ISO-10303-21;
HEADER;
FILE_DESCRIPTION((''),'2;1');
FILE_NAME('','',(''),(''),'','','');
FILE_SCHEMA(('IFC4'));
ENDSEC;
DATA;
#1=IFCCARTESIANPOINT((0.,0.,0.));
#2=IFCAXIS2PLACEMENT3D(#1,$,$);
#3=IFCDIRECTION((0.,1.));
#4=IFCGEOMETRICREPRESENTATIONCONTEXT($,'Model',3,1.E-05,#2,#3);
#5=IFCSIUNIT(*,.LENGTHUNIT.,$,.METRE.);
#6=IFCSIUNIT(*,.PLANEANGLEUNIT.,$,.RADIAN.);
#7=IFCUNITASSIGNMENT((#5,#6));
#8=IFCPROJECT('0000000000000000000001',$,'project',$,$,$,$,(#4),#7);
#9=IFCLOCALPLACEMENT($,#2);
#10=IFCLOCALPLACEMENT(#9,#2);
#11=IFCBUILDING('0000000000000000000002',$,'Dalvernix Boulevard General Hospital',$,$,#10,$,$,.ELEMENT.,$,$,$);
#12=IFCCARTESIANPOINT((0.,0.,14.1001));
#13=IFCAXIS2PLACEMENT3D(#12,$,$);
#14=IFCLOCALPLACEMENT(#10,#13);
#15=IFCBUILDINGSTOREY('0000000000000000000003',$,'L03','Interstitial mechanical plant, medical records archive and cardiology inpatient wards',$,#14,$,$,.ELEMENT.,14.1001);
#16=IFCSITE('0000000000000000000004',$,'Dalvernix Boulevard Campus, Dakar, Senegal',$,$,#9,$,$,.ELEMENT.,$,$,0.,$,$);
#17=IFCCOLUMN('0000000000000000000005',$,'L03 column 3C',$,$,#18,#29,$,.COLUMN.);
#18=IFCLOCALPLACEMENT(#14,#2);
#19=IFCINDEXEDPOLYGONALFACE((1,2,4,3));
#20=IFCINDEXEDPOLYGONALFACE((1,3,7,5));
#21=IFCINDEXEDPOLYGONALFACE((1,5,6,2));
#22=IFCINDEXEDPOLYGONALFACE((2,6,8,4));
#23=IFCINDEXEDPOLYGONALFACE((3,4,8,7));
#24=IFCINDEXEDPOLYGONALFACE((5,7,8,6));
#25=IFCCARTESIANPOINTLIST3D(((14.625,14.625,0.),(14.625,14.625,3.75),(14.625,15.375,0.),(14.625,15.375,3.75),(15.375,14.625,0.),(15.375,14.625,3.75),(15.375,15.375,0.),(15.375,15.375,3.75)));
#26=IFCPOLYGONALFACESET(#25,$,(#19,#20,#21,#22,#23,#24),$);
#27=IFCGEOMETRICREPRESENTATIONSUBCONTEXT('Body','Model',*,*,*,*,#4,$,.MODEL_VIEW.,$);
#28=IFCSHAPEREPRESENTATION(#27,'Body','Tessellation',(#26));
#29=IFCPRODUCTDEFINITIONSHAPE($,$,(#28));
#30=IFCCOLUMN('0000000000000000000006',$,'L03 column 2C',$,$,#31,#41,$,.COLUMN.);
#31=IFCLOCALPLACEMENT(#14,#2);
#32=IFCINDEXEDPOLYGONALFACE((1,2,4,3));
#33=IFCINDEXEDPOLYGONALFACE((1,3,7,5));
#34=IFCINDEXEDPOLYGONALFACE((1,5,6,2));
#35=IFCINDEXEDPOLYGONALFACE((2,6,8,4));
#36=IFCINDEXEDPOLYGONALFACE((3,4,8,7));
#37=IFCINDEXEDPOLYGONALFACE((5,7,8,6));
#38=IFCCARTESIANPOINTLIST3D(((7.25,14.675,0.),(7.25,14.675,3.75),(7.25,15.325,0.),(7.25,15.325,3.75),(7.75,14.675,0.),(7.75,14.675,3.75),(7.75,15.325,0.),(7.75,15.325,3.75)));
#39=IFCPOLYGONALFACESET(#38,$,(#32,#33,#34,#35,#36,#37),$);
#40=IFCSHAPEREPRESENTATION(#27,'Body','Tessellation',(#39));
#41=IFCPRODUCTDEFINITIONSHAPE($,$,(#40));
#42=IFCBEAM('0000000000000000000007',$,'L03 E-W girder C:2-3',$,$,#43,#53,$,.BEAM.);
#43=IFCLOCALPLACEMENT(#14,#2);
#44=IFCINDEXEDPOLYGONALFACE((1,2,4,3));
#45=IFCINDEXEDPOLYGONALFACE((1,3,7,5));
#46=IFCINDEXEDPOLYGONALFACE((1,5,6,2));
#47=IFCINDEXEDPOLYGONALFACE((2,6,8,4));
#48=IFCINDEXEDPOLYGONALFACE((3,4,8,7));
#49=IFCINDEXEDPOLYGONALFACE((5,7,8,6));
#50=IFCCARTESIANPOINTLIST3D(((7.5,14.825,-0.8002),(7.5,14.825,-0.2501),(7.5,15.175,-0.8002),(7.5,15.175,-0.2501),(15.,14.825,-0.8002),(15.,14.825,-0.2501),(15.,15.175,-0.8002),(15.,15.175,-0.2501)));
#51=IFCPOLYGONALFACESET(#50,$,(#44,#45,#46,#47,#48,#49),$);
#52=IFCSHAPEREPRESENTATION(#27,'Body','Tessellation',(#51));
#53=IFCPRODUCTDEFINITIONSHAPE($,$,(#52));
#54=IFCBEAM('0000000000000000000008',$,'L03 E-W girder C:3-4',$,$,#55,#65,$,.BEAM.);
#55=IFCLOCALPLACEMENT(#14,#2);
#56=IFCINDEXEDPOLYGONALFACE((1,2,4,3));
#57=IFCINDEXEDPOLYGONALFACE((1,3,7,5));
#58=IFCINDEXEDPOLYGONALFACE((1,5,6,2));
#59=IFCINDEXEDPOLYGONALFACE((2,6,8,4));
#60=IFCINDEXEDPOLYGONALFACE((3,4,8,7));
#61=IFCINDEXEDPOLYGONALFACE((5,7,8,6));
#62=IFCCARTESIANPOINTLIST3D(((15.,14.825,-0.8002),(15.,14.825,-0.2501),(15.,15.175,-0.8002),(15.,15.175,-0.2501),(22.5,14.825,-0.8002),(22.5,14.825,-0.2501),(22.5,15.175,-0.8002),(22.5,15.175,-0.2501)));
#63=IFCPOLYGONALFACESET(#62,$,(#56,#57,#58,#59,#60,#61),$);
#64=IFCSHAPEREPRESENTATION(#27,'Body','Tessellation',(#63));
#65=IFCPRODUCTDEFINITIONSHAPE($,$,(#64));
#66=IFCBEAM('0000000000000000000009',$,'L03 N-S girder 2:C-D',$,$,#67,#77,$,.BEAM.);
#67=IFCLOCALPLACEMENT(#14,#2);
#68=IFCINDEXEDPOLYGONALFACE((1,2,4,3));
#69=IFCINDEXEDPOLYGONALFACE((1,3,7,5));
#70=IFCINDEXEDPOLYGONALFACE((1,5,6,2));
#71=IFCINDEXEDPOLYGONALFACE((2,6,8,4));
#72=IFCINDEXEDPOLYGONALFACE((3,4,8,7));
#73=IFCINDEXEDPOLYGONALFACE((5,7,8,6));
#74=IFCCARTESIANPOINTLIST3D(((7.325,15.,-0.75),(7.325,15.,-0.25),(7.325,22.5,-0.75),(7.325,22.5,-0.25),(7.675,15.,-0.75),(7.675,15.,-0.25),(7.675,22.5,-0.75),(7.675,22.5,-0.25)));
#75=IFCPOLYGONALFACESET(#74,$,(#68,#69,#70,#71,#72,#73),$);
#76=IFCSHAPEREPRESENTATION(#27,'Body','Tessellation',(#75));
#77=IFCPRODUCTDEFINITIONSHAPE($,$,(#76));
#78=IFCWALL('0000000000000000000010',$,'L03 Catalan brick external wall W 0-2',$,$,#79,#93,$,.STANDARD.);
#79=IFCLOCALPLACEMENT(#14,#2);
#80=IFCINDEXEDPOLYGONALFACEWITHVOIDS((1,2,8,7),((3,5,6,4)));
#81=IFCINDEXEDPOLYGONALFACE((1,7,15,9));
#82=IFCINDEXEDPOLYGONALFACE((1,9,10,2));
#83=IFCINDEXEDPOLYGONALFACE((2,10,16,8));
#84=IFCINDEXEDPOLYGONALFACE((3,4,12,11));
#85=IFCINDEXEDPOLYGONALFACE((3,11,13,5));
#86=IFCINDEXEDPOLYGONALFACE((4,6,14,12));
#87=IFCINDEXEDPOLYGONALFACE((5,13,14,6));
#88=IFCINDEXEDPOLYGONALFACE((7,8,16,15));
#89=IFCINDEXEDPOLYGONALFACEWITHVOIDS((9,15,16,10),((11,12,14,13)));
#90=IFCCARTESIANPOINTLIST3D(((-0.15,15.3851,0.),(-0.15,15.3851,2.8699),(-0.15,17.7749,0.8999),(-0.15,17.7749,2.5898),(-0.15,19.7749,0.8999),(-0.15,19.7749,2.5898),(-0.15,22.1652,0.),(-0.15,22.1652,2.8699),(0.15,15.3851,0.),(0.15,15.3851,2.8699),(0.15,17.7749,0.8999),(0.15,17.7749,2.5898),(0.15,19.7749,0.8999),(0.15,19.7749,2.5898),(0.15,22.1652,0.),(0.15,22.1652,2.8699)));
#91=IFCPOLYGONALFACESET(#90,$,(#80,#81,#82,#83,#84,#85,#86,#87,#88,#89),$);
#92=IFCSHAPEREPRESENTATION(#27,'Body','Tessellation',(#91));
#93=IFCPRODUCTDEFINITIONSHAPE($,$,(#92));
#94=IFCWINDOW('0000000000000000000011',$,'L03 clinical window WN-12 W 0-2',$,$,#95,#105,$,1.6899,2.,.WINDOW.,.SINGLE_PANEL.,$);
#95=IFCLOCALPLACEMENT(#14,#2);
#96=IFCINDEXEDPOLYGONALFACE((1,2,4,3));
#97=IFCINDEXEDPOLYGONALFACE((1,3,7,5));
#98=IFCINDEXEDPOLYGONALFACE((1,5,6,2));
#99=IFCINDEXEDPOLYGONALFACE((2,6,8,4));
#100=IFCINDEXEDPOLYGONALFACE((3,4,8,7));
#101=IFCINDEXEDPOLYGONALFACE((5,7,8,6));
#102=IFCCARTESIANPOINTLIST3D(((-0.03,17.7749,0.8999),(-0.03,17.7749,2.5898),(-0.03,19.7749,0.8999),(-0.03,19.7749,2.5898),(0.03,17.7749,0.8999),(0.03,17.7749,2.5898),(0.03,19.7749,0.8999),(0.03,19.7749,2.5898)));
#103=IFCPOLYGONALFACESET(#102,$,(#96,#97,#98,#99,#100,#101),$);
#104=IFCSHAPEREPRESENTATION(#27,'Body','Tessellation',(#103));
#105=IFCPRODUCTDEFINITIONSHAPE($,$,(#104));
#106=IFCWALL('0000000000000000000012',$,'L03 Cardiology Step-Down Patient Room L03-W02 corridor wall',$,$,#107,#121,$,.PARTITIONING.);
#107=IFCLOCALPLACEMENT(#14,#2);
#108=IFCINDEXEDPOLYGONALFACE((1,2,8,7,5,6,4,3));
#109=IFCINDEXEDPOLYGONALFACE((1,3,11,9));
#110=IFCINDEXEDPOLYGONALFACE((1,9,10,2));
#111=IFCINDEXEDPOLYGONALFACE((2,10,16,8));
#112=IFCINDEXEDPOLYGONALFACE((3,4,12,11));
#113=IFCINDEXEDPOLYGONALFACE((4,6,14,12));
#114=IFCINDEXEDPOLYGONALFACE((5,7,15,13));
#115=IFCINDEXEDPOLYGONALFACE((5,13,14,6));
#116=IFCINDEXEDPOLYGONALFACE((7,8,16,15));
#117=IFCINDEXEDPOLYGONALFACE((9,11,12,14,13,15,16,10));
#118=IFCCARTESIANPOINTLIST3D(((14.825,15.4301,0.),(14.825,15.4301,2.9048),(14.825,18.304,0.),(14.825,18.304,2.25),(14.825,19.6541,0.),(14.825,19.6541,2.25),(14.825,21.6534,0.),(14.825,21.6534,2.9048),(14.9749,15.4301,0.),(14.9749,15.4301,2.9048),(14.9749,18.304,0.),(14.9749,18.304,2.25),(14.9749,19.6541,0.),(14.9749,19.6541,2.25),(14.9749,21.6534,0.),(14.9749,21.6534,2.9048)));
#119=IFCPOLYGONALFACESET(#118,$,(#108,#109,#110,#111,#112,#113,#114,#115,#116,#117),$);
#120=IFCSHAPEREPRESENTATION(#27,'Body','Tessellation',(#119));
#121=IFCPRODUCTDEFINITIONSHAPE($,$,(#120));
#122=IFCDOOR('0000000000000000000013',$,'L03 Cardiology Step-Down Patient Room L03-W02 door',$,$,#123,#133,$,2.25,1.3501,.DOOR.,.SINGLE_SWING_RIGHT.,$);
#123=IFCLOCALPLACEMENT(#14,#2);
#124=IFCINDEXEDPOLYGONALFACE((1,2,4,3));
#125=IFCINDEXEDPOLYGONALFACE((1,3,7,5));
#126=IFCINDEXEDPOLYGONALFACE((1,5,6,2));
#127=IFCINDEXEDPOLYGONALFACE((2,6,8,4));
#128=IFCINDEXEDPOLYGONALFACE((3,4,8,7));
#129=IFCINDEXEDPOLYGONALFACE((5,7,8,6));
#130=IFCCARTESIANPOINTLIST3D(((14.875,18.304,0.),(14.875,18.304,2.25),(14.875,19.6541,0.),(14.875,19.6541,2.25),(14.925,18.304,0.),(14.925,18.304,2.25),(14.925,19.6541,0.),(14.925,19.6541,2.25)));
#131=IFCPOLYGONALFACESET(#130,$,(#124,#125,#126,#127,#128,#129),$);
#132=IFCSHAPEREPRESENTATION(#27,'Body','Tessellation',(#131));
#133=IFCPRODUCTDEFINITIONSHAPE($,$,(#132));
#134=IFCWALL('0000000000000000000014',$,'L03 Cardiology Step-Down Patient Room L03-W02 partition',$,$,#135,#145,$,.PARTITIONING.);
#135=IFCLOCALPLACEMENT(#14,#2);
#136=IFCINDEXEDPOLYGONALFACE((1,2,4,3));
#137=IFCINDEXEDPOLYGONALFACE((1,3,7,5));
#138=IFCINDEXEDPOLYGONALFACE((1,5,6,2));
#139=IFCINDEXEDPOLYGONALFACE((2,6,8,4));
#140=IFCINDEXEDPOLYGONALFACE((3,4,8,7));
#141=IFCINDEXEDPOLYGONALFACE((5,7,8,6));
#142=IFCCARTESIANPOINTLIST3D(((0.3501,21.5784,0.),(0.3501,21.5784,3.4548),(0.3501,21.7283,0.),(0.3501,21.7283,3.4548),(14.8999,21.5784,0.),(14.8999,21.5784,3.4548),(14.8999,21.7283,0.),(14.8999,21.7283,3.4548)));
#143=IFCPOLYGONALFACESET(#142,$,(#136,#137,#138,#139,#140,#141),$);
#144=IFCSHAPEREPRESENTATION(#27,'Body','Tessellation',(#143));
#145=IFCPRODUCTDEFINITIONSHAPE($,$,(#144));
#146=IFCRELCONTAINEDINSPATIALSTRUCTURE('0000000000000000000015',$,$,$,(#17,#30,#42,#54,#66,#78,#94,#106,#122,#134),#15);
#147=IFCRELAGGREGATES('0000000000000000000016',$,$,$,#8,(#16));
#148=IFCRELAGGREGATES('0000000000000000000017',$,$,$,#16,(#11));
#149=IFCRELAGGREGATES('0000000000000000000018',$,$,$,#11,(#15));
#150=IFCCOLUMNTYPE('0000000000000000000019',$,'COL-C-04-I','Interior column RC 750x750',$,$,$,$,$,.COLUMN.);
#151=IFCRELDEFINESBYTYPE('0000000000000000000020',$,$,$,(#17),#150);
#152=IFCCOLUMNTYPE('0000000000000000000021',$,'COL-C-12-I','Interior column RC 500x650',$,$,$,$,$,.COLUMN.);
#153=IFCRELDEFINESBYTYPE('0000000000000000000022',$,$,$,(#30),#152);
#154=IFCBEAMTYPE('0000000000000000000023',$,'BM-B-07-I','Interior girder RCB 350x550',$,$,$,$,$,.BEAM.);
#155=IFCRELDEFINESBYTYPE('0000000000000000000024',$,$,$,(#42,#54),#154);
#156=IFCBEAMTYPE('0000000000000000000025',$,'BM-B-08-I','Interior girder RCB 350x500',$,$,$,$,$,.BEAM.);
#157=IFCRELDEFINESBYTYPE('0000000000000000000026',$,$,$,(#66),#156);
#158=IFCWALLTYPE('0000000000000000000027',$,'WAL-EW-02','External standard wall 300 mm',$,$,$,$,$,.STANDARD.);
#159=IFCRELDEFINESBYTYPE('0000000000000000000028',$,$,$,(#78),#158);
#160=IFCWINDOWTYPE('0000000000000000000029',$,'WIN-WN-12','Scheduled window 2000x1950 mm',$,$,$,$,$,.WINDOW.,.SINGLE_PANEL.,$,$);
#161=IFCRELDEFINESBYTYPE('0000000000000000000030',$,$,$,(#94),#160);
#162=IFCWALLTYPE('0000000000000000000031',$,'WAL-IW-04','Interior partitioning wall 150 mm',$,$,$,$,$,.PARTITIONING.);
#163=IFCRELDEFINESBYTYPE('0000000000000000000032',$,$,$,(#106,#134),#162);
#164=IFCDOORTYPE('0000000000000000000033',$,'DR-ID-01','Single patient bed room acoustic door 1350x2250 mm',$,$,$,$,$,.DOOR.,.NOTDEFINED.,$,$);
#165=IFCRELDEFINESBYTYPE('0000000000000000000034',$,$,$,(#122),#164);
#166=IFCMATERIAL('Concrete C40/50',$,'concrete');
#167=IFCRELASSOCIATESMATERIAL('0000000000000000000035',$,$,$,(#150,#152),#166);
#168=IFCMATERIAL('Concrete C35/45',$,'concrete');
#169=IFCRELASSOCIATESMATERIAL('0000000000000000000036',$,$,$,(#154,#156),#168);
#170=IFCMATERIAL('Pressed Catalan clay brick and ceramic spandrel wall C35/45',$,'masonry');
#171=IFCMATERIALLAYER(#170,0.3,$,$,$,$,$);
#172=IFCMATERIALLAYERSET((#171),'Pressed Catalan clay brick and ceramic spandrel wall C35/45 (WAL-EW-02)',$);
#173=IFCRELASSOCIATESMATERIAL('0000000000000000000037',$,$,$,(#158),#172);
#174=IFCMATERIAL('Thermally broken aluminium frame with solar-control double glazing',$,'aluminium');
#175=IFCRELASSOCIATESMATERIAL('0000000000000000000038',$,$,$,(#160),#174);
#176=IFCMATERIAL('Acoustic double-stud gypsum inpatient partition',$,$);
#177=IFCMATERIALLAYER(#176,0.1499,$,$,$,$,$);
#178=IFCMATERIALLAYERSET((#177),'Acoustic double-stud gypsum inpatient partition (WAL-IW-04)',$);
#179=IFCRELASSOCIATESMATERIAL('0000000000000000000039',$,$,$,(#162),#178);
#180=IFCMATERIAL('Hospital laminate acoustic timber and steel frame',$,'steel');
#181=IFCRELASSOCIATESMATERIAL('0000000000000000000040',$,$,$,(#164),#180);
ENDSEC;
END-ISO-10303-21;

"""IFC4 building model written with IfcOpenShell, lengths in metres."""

from ifc_helpers import new_model, si_unit, direction, frame, frame_2d, origin, origin_2d, place, context, subcontext, project, spatial, rectangle, extrude, material, layer, layer_set, material_profile, profile_set, type_object, element, fill, save


model = new_model("IFC4")

# Units and contexts
model_context = context("Model", 3, precision=1e-05, world=origin(), true_north=direction((0.0, 1.0)))
body_context = subcontext(model_context, "Body", "Model", "MODEL_VIEW")
ifc_project = project(units=[si_unit("LENGTHUNIT", "METRE"), si_unit("PLANEANGLEUNIT", "RADIAN")], contexts=[model_context])

# Site, building, storey
site_placement = place(None, origin())
site = spatial("IfcSite", under=ifc_project, at=site_placement, Name="Dalvernix Boulevard Campus, Dakar, Senegal", CompositionType="ELEMENT", RefElevation=0.0)
building_placement = place(site_placement, origin())
building = spatial("IfcBuilding", under=site, at=building_placement, Name="Dalvernix Boulevard General Hospital", CompositionType="ELEMENT")
storey_placement = place(building_placement, frame((0.0, 0.0, 14.1001)))
storey = spatial("IfcBuildingStorey", under=building, at=storey_placement, Name="L03", Description="Interstitial mechanical plant, medical records archive and cardiology inpatient wards", CompositionType="ELEMENT", Elevation=14.1001)

# Columns
ifc_material_1 = material(Name="Concrete C40/50", Category="concrete")
ifc_material_profile_1 = material_profile(ifc_material_1, rectangle(XDim=0.75, YDim=0.75, at=origin_2d()), Name="RC 750x750")
ifc_profile_set_1 = profile_set([ifc_material_profile_1], Name="Concrete C40/50")
column_type_1 = type_object("IfcColumnType", Name="COL-C-04-I", Description="Interior column RC 750x750", PredefinedType="COLUMN", material=ifc_profile_set_1)
column_1_placement = place(storey_placement, frame((15.0, 15.0, 0.0), z_axis=(0.0, 0.0, 1.0), x_axis=(1.0, 0.0, 0.0)))
element("IfcColumn", 1, at=column_1_placement, inside=storey, type_object=column_type_1, Name="L03 column 3C", PredefinedType="COLUMN", context=body_context, shape_type="SweptSolid", body=[
    extrude(rectangle(XDim=0.75, YDim=0.75, at=origin_2d()), origin(), (0.0, 0.0, 1.0), 3.75),
])
ifc_material_profile_2 = material_profile(ifc_material_1, rectangle(XDim=0.5, YDim=0.6499, at=origin_2d()), Name="RC 500x650")
ifc_profile_set_2 = profile_set([ifc_material_profile_2], Name="Concrete C40/50")
column_type_2 = type_object("IfcColumnType", Name="COL-C-12-I", Description="Interior column RC 500x650", PredefinedType="COLUMN", material=ifc_profile_set_2)
column_2_placement = place(storey_placement, frame((7.5, 15.0, 0.0), z_axis=(0.0, 0.0, 1.0), x_axis=(1.0, 0.0, 0.0)))
element("IfcColumn", 2, at=column_2_placement, inside=storey, type_object=column_type_2, Name="L03 column 2C", PredefinedType="COLUMN", context=body_context, shape_type="SweptSolid", body=[
    extrude(rectangle(XDim=0.5, YDim=0.6499, at=origin_2d()), origin(), (0.0, 0.0, 1.0), 3.75),
])

# Beams
ifc_material_2 = material(Name="Concrete C35/45", Category="concrete")
ifc_material_profile_3 = material_profile(ifc_material_2, rectangle(XDim=0.3501, YDim=0.55, at=origin_2d()), Name="RCB 350x550")
ifc_profile_set_3 = profile_set([ifc_material_profile_3], Name="Concrete C35/45")
beam_type_1 = type_object("IfcBeamType", Name="BM-B-07-I", Description="Interior girder RCB 350x550", PredefinedType="BEAM", material=ifc_profile_set_3)
for number, where, z_axis, x_axis, name in (
    (3, (7.5, 15.0, -0.5251), (1.0, 0.0, 0.0), (0.0, 1.0, 0.0), "L03 E-W girder C:2-3"),
    (4, (15.0, 15.0, -0.5251), (1.0, 0.0, 0.0), (0.0, 1.0, 0.0), "L03 E-W girder C:3-4"),
):
    element("IfcBeam", number, at=place(storey_placement, frame(where, z_axis=z_axis, x_axis=x_axis)), inside=storey, type_object=beam_type_1, Name=name, PredefinedType="BEAM", context=body_context, shape_type="SweptSolid", body=[
        extrude(rectangle(XDim=0.3501, YDim=0.55, at=origin_2d()), origin(), (0.0, 0.0, 1.0), 7.5),
    ])
ifc_material_profile_4 = material_profile(ifc_material_2, rectangle(XDim=0.3501, YDim=0.5, at=origin_2d()), Name="RCB 350x500")
ifc_profile_set_4 = profile_set([ifc_material_profile_4], Name="Concrete C35/45")
beam_type_2 = type_object("IfcBeamType", Name="BM-B-08-I", Description="Interior girder RCB 350x500", PredefinedType="BEAM", material=ifc_profile_set_4)
beam_placement = place(storey_placement, frame((7.5, 15.0, -0.5), z_axis=(0.0, 1.0, 0.0), x_axis=(-1.0, 0.0, 0.0)))
element("IfcBeam", 5, at=beam_placement, inside=storey, type_object=beam_type_2, Name="L03 N-S girder 2:C-D", PredefinedType="BEAM", context=body_context, shape_type="SweptSolid", body=[
    extrude(rectangle(XDim=0.3501, YDim=0.5, at=origin_2d()), origin(), (0.0, 0.0, 1.0), 7.5),
])

# Wall, opening, window
ifc_material_3 = material(Name="Pressed Catalan clay brick and ceramic spandrel wall C35/45", Category="masonry")
ifc_layer_1 = layer(ifc_material_3, 0.3)
ifc_layer_set_1 = layer_set([ifc_layer_1], Name="Pressed Catalan clay brick and ceramic spandrel wall C35/45 (WAL-EW-02)")
wall_type_1 = type_object("IfcWallType", Name="WAL-EW-02", Description="External standard wall 300 mm", PredefinedType="STANDARD", material=ifc_layer_set_1)
wall_1_placement = place(storey_placement, frame((0.0, 15.385, 0.0), z_axis=(0.0, 0.0, 1.0), x_axis=(0.0, 1.0, 0.0)))
wall_1 = element("IfcWall", 6, at=wall_1_placement, inside=storey, type_object=wall_type_1, Name="L03 Catalan brick external wall W 0-2", PredefinedType="STANDARD", context=body_context, shape_type="SweptSolid", body=[
    extrude(rectangle(XDim=6.78, YDim=0.3, at=frame_2d((3.3901, 0.0))), origin(), (0.0, 0.0, 1.0), 2.8699),
])
opening_1_placement = place(wall_1_placement, frame((2.3899, 0.0, 0.8999)))
opening_1 = element("IfcOpeningElement", 7, at=opening_1_placement, cuts=wall_1, PredefinedType="OPENING", context=body_context, shape_type="SweptSolid", body=[
    extrude(rectangle(XDim=2.0, YDim=1.6899, at=frame_2d((1.0, 0.845))), frame((0.0, 0.1599, 0.0), z_axis=(0.0, -1.0, 0.0), x_axis=(1.0, 0.0, 0.0)), (0.0, 0.0, 1.0), 0.3201),
])
ifc_material_4 = material(Name="Thermally broken aluminium frame with solar-control double glazing", Category="aluminium")
window_type = type_object("IfcWindowType", Name="WIN-WN-12", Description="Scheduled window 2000x1950 mm", PartitioningType="SINGLE_PANEL", PredefinedType="WINDOW", material=ifc_material_4)
window_placement = place(opening_1_placement, origin())
window = element("IfcWindow", 8, at=window_placement, inside=storey, type_object=window_type, Name="L03 clinical window WN-12 W 0-2", OverallHeight=1.6899, OverallWidth=2.0, PartitioningType="SINGLE_PANEL", PredefinedType="WINDOW", context=body_context, shape_type="SweptSolid", body=[
    extrude(rectangle(XDim=2.0, YDim=1.6899, at=frame_2d((1.0, 0.845))), frame((0.0, 0.03, 0.0), z_axis=(0.0, -1.0, 0.0), x_axis=(1.0, 0.0, 0.0)), (0.0, 0.0, 1.0), 0.0601),
])
fill(opening_1, window)

# Wall, opening, door
ifc_material_5 = material(Name="Acoustic double-stud gypsum inpatient partition")
ifc_layer_2 = layer(ifc_material_5, 0.1499)
ifc_layer_set_2 = layer_set([ifc_layer_2], Name="Acoustic double-stud gypsum inpatient partition (WAL-IW-04)")
wall_type_2 = type_object("IfcWallType", Name="WAL-IW-04", Description="Interior partitioning wall 150 mm", PredefinedType="PARTITIONING", material=ifc_layer_set_2)
wall_2_placement = place(storey_placement, frame((14.8999, 15.4299, 0.0), z_axis=(0.0, 0.0, 1.0), x_axis=(0.0, 1.0, 0.0)))
wall_2 = element("IfcWall", 9, at=wall_2_placement, inside=storey, type_object=wall_type_2, Name="L03 Cardiology Step-Down Patient Room L03-W02 corridor wall", PredefinedType="PARTITIONING", context=body_context, shape_type="SweptSolid", body=[
    extrude(rectangle(XDim=6.2234, YDim=0.1499, at=frame_2d((3.1118, 0.0))), origin(), (0.0, 0.0, 1.0), 2.9048),
])
opening_2_placement = place(wall_2_placement, frame((2.874, 0.0, 0.0)))
opening_2 = element("IfcOpeningElement", 10, at=opening_2_placement, cuts=wall_2, PredefinedType="OPENING", context=body_context, shape_type="SweptSolid", body=[
    extrude(rectangle(XDim=1.3501, YDim=2.25, at=frame_2d((0.675, 1.125))), frame((0.0, 0.085, 0.0), z_axis=(0.0, -1.0, 0.0), x_axis=(1.0, 0.0, 0.0)), (0.0, 0.0, 1.0), 0.1699),
])
ifc_material_6 = material(Name="Hospital laminate acoustic timber and steel frame", Category="steel")
door_type_1 = type_object("IfcDoorType", Name="DR-ID-01", Description="Single patient bed room acoustic door 1350x2250 mm", OperationType="NOTDEFINED", PredefinedType="DOOR", material=ifc_material_6)
door_1_placement = place(opening_2_placement, origin())
door_1 = element("IfcDoor", 11, at=door_1_placement, inside=storey, type_object=door_type_1, Name="L03 Cardiology Step-Down Patient Room L03-W02 door", OperationType="SINGLE_SWING_RIGHT", OverallHeight=2.25, OverallWidth=1.3501, PredefinedType="DOOR", context=body_context, shape_type="SweptSolid", body=[
    extrude(rectangle(XDim=1.3501, YDim=2.25, at=frame_2d((0.675, 1.125))), frame((0.0, 0.0249, 0.0), z_axis=(0.0, -1.0, 0.0), x_axis=(1.0, 0.0, 0.0)), (0.0, 0.0, 1.0), 0.05),
])
fill(opening_2, door_1)

# Wall
wall_3_placement = place(storey_placement, frame((0.3501, 21.6533, 0.0), z_axis=(0.0, 0.0, 1.0), x_axis=(1.0, 0.0, 0.0)))
element("IfcWall", 12, at=wall_3_placement, inside=storey, type_object=wall_type_2, Name="L03 Cardiology Step-Down Patient Room L03-W02 partition", PredefinedType="PARTITIONING", context=body_context, shape_type="SweptSolid", body=[
    extrude(rectangle(XDim=14.5498, YDim=0.1499, at=frame_2d((7.2749, 0.0))), origin(), (0.0, 0.0, 1.0), 3.4548),
])

save(model, "model.ifc")
